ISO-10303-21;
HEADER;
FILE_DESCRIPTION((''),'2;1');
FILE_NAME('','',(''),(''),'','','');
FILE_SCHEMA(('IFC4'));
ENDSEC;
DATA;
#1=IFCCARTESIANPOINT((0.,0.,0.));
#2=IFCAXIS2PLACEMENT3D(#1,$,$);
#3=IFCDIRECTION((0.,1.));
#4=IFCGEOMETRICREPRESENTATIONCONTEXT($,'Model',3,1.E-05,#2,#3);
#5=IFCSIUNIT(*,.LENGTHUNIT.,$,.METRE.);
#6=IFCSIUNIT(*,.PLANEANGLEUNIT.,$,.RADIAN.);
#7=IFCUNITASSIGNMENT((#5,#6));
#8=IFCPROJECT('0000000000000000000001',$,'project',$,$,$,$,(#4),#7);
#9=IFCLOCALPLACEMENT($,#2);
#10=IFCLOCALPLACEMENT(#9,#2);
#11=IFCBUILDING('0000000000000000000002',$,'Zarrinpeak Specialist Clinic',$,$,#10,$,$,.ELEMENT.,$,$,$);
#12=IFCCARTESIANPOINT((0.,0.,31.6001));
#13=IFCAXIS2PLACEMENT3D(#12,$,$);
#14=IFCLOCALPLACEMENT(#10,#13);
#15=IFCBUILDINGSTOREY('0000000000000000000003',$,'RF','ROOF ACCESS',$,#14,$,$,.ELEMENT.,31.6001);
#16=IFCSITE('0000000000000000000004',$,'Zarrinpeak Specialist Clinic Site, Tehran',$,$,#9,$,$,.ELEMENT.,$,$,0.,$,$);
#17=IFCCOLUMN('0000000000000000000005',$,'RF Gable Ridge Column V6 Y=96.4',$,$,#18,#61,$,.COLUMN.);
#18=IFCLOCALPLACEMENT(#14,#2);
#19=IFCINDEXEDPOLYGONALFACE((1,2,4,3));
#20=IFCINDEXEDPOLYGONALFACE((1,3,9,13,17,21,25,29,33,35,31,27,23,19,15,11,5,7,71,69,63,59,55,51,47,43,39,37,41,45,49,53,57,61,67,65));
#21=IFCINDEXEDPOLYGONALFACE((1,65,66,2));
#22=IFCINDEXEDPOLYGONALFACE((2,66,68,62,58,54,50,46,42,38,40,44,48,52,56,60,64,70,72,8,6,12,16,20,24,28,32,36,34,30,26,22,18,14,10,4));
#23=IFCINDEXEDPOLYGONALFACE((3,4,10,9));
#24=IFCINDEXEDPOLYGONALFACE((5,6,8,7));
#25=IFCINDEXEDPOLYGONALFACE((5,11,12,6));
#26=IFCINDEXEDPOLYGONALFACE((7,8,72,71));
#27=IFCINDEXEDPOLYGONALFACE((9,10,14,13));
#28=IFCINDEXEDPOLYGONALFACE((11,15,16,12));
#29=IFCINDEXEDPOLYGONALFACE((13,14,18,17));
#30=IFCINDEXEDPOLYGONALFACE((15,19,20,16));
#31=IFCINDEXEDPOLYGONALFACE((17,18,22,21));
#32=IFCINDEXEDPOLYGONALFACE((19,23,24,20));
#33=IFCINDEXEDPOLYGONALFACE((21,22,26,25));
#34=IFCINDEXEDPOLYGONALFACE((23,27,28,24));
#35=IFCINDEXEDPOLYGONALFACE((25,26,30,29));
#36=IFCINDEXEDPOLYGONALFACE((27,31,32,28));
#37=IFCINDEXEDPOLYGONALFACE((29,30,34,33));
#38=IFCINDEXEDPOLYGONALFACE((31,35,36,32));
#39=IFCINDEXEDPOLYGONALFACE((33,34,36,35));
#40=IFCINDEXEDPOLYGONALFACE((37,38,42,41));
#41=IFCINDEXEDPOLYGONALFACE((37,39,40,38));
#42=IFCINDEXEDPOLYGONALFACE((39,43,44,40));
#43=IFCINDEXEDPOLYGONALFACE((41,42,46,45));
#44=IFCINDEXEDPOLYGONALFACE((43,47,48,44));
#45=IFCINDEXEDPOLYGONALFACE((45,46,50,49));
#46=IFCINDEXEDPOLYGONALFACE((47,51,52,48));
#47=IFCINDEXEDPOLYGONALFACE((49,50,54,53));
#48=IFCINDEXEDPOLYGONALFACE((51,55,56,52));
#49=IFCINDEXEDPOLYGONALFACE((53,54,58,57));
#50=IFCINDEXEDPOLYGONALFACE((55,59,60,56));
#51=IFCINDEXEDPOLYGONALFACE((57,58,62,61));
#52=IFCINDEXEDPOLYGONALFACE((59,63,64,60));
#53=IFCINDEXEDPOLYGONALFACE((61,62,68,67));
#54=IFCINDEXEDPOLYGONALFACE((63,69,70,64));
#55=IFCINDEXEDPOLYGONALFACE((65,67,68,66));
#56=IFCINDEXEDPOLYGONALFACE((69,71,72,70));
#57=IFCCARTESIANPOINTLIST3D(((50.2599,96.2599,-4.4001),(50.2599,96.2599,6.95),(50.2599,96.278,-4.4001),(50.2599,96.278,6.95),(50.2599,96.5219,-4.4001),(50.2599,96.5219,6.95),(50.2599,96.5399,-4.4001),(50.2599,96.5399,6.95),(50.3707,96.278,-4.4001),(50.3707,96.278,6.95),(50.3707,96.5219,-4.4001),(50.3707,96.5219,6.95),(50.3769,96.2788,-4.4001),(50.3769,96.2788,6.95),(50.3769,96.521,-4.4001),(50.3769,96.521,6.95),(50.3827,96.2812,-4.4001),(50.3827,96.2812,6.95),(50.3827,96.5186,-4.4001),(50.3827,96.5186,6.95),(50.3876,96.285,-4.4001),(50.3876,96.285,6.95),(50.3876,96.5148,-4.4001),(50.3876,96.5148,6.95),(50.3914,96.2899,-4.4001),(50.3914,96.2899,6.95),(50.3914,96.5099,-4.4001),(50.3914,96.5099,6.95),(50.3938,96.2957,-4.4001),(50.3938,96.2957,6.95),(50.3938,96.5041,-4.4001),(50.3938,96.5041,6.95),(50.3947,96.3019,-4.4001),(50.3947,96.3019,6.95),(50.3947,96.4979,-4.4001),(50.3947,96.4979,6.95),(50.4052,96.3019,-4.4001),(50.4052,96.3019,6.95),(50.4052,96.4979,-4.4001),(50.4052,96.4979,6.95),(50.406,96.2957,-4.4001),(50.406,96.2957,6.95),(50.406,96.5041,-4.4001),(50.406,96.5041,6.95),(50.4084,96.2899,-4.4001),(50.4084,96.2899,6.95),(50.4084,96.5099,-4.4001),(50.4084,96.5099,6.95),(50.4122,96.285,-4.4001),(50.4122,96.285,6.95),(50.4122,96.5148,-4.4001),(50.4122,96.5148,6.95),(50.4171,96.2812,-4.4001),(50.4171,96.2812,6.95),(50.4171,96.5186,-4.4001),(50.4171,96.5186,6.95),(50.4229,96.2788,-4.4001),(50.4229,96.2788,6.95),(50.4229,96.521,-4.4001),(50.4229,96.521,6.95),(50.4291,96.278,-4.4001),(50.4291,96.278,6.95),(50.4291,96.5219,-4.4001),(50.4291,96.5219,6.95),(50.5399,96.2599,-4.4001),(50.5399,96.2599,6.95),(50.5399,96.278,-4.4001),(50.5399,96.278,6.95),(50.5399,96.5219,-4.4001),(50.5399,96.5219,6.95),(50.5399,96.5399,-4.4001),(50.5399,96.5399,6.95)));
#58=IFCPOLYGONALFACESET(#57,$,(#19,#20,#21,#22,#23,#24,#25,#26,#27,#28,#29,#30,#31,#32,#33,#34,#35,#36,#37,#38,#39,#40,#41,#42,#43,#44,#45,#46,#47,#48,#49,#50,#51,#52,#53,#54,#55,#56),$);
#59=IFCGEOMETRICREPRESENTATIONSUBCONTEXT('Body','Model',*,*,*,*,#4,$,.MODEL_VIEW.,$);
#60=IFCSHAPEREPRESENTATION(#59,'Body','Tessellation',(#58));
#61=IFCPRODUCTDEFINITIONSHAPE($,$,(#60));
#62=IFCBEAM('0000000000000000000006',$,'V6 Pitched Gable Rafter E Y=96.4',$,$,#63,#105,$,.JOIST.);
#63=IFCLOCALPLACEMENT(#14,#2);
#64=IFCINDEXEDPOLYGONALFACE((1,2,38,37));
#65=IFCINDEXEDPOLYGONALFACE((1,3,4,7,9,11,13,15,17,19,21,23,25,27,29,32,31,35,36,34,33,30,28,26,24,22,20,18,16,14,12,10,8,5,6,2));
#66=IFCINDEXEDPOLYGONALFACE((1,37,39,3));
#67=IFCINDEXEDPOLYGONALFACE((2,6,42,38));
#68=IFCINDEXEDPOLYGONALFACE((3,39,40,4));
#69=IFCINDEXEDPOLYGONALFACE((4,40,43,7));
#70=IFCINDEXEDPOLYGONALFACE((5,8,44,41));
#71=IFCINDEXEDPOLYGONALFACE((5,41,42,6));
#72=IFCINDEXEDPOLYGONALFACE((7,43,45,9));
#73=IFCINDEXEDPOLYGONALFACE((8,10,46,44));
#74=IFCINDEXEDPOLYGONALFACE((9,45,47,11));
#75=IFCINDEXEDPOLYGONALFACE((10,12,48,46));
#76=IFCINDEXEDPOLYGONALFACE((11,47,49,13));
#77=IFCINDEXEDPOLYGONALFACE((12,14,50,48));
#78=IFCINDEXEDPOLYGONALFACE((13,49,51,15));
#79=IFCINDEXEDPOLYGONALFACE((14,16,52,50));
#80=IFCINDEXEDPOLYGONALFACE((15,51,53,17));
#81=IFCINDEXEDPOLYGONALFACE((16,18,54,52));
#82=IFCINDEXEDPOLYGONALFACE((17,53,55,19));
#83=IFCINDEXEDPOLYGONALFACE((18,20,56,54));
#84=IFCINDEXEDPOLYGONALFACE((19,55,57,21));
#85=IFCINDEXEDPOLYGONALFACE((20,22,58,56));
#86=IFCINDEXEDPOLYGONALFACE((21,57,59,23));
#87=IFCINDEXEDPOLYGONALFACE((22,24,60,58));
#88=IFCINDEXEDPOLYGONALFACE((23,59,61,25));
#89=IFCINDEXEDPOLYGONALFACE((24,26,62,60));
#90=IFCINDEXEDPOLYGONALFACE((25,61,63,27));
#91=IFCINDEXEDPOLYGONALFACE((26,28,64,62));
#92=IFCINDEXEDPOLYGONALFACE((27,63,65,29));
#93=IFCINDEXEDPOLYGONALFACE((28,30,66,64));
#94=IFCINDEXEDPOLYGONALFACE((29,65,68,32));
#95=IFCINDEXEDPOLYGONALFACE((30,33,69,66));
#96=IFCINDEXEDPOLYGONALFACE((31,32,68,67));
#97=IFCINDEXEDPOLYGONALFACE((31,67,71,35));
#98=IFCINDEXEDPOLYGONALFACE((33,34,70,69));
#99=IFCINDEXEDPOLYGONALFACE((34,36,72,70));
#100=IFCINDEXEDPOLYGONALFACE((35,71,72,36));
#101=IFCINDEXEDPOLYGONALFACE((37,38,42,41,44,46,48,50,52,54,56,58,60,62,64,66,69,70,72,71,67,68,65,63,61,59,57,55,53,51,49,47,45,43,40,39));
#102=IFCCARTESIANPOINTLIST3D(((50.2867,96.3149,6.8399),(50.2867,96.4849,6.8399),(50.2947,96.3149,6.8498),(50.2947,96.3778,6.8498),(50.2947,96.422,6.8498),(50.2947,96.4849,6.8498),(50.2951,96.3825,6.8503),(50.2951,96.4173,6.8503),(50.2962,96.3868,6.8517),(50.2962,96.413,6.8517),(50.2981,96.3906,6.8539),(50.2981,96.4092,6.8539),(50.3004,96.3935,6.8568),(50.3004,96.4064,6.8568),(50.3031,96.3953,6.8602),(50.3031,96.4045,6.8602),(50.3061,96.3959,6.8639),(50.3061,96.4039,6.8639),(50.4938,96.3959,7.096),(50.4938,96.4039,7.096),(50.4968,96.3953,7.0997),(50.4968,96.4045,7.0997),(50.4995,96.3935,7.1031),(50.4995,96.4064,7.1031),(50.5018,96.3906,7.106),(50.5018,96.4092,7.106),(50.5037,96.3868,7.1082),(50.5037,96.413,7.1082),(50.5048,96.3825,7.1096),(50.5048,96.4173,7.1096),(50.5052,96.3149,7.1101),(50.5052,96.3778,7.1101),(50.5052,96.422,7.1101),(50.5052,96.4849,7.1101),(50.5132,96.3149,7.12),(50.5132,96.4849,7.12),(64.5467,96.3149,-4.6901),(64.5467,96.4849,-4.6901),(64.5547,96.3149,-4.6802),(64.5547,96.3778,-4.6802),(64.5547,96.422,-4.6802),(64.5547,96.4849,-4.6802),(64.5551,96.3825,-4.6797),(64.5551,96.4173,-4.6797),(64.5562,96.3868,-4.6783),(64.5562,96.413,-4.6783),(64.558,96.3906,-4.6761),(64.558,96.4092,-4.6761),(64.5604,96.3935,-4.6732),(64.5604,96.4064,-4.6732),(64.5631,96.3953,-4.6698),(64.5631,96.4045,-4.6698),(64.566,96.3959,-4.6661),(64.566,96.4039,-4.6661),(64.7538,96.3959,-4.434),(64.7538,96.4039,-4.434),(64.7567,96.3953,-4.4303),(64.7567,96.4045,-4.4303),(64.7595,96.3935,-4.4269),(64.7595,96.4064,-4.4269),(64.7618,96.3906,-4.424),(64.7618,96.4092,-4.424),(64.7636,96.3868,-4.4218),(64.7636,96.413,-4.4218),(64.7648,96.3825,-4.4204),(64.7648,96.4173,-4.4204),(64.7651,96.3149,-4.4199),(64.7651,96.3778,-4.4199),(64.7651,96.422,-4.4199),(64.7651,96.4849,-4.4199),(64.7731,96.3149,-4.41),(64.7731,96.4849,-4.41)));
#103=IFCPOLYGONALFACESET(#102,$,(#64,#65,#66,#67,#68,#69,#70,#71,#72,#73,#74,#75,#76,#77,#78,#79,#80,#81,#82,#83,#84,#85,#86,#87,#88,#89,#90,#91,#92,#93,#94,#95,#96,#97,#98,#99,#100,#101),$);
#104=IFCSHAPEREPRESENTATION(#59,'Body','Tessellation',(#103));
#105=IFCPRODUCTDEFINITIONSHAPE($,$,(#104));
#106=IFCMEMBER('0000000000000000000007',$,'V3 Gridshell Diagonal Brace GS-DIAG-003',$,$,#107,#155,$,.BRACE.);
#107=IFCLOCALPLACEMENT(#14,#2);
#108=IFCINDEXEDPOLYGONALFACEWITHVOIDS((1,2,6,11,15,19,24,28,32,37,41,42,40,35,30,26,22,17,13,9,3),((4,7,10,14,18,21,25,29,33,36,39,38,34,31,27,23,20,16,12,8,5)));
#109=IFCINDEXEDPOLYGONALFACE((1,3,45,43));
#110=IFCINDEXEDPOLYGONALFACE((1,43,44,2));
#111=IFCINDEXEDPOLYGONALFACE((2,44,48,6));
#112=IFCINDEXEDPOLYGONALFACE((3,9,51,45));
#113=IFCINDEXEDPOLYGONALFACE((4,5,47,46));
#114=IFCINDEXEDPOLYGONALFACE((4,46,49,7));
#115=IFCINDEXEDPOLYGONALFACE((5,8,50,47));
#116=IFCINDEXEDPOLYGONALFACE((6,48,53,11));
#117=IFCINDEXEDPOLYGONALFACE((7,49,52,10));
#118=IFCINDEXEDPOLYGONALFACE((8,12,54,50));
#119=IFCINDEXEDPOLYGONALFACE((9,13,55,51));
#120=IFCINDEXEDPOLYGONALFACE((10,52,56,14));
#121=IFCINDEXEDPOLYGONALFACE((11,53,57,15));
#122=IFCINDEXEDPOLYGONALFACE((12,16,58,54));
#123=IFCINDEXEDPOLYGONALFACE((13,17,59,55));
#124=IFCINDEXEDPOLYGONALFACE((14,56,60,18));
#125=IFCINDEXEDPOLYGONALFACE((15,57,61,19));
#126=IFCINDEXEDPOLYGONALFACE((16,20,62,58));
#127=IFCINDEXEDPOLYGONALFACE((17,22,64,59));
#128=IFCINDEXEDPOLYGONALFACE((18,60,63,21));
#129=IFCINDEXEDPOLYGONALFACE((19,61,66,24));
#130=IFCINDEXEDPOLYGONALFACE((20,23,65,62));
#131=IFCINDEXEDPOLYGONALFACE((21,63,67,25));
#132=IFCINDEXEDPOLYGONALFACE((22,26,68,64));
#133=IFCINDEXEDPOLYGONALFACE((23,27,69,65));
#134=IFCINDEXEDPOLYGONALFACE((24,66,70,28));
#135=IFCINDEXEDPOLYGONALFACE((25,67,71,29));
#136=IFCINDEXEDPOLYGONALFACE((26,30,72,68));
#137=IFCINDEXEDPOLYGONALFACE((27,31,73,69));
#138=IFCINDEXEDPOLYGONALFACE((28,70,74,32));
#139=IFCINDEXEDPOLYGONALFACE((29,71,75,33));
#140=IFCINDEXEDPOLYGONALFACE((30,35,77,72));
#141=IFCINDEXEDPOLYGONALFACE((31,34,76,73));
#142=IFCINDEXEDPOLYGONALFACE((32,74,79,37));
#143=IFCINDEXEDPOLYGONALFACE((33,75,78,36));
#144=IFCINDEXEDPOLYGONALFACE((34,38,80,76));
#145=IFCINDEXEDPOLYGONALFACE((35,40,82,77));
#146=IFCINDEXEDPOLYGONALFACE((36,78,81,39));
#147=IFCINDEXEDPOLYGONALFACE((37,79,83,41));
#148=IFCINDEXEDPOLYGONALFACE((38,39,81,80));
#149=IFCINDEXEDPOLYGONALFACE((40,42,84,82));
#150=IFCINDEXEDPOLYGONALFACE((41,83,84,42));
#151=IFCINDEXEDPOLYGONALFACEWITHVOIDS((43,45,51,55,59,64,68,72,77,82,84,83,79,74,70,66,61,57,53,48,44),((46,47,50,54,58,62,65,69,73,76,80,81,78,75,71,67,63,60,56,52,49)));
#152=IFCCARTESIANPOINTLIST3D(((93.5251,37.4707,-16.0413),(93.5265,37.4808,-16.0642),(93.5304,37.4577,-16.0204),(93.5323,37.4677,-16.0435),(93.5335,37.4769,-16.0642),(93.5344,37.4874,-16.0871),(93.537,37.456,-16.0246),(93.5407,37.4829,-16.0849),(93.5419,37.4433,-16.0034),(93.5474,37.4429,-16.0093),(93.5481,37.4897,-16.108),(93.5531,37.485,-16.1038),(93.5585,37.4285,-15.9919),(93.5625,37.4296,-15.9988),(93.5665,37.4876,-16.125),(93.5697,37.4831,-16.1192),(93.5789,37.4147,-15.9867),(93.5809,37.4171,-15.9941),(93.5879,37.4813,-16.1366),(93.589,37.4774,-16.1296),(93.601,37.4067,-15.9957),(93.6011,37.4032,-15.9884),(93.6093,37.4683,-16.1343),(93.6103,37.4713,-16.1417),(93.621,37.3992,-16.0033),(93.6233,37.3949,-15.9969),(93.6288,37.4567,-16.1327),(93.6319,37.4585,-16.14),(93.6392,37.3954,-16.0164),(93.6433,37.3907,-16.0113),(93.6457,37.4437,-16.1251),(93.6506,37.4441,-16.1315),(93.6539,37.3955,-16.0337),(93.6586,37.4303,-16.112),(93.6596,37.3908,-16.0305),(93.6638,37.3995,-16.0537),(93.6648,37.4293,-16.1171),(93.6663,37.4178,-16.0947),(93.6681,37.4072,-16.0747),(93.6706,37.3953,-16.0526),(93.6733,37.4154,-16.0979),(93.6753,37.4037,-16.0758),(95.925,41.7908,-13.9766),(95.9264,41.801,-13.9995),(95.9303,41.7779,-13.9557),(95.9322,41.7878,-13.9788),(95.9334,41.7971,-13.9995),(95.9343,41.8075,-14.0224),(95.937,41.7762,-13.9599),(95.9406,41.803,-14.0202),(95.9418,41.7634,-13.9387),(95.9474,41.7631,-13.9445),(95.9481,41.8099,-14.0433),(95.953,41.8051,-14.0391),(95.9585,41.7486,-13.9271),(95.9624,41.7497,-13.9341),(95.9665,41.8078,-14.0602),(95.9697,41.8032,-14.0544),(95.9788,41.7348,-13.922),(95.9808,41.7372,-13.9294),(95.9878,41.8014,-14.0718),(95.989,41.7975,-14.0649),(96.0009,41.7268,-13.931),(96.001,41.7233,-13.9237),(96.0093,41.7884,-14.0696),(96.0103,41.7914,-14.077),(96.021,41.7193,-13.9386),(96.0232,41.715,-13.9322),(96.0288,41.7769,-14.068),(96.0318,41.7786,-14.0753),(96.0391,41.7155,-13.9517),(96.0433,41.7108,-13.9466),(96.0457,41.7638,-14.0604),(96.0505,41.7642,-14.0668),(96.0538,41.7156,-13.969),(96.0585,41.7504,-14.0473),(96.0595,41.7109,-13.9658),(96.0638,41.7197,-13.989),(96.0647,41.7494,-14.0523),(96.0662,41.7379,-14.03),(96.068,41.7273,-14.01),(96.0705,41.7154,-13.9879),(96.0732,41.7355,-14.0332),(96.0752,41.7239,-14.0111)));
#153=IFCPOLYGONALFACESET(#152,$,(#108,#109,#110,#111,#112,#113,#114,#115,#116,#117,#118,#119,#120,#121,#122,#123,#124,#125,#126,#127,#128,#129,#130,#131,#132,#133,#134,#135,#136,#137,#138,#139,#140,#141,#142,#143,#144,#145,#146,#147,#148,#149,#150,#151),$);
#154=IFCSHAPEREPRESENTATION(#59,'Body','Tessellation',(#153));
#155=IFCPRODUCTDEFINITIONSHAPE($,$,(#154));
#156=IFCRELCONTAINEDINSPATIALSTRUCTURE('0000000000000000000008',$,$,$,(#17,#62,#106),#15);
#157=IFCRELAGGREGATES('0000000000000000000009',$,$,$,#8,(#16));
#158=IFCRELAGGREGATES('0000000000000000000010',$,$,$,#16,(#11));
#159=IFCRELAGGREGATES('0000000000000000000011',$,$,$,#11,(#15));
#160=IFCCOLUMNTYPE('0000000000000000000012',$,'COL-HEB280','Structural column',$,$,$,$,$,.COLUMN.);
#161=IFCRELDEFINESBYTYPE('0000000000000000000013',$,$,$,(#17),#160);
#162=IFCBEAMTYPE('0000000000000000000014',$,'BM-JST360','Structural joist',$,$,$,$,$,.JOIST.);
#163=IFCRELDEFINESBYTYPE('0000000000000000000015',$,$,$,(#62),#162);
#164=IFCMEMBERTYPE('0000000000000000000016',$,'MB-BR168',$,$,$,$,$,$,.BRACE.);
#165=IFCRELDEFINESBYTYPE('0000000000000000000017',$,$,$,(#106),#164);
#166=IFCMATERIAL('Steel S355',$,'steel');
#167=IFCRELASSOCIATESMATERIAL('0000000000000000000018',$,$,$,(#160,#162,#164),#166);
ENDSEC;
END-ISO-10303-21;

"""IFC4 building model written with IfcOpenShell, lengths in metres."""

from ifc_helpers import new_model, si_unit, direction, frame, origin, origin_2d, place, context, subcontext, project, spatial, hollow_circle, i_section, extrude, material, material_profile, profile_set, type_object, element, save


model = new_model("IFC4")

# Units and contexts
model_context = context("Model", 3, precision=1e-05, world=origin(), true_north=direction((0.0, 1.0)))
body_context = subcontext(model_context, "Body", "Model", "MODEL_VIEW")
ifc_project = project(units=[si_unit("LENGTHUNIT", "METRE"), si_unit("PLANEANGLEUNIT", "RADIAN")], contexts=[model_context])

# Site, building, storey
site_placement = place(None, origin())
site = spatial("IfcSite", under=ifc_project, at=site_placement, Name="Zarrinpeak Specialist Clinic Site, Tehran", CompositionType="ELEMENT", RefElevation=0.0)
building_placement = place(site_placement, origin())
building = spatial("IfcBuilding", under=site, at=building_placement, Name="Zarrinpeak Specialist Clinic", CompositionType="ELEMENT")
storey_placement = place(building_placement, frame((0.0, 0.0, 31.6001)))
storey = spatial("IfcBuildingStorey", under=building, at=storey_placement, Name="RF", Description="ROOF ACCESS", CompositionType="ELEMENT", Elevation=31.6001)

# Column
ifc_material_1 = material(Name="Steel S355", Category="steel")
ifc_material_profile_1 = material_profile(ifc_material_1, i_section(OverallWidth=0.28, OverallDepth=0.28, WebThickness=0.0105, FlangeThickness=0.0181, FilletRadius=0.0239, at=origin_2d()), Name="HEB 280")
ifc_profile_set_1 = profile_set([ifc_material_profile_1], Name="Steel S355")
column_type = type_object("IfcColumnType", Name="COL-HEB280", Description="Structural column", PredefinedType="COLUMN", material=ifc_profile_set_1)
column_placement = place(storey_placement, frame((50.3999, 96.3999, -4.4001), z_axis=(0.0, 0.0, 1.0), x_axis=(1.0, 0.0, 0.0)))
element("IfcColumn", 1, at=column_placement, inside=storey, type_object=column_type, Name="RF Gable Ridge Column V6 Y=96.4", PredefinedType="COLUMN", context=body_context, shape_type="SweptSolid", body=[
    extrude(i_section(OverallWidth=0.28, OverallDepth=0.28, WebThickness=0.0105, FlangeThickness=0.0181, FilletRadius=0.0239, at=origin_2d()), origin(), (0.0, 0.0, 1.0), 11.3501),
])

# Beam
ifc_material_profile_2 = material_profile(ifc_material_1, i_section(OverallWidth=0.1699, OverallDepth=0.3601, WebThickness=0.0081, FlangeThickness=0.0127, FilletRadius=0.0181, at=origin_2d()), Name="IPE 360")
ifc_profile_set_2 = profile_set([ifc_material_profile_2], Name="Steel S355")
beam_type = type_object("IfcBeamType", Name="BM-JST360", Description="Structural joist", PredefinedType="JOIST", material=ifc_profile_set_2)
beam_placement = place(storey_placement, frame((64.6599, 96.3999, -4.55), z_axis=(-0.777612, 0.0, 0.628744), x_axis=(0.0, -1.0, 0.0)))
element("IfcBeam", 2, at=beam_placement, inside=storey, type_object=beam_type, Name="V6 Pitched Gable Rafter E Y=96.4", PredefinedType="JOIST", context=body_context, shape_type="SweptSolid", body=[
    extrude(i_section(OverallWidth=0.1699, OverallDepth=0.3601, WebThickness=0.0081, FlangeThickness=0.0127, FilletRadius=0.0181, at=origin_2d()), origin(), (0.0, 0.0, 1.0), 18.3381),
])

# Member
ifc_material_profile_3 = material_profile(ifc_material_1, hollow_circle(Radius=0.0842, WallThickness=0.0081, at=origin_2d()), Name="CHS 168.3x8.0")
ifc_profile_set_3 = profile_set([ifc_material_profile_3], Name="Steel S355")
member_type_1 = type_object("IfcMemberType", Name="MB-BR168", PredefinedType="BRACE", material=ifc_profile_set_3)
member_1_placement = place(storey_placement, frame((93.6001, 37.4399, -16.0642), z_axis=(0.448087, 0.806602, 0.385501), x_axis=(-0.874169, 0.485622, 0.0)))
element("IfcMember", 3, at=member_1_placement, inside=storey, type_object=member_type_1, Name="V3 Gridshell Diagonal Brace GS-DIAG-003", PredefinedType="BRACE", context=body_context, shape_type="SweptSolid", body=[
    extrude(hollow_circle(Radius=0.0842, WallThickness=0.0081, at=origin_2d()), origin(), (0.0, 0.0, 1.0), 5.356),
])

save(model, "model.ifc")
